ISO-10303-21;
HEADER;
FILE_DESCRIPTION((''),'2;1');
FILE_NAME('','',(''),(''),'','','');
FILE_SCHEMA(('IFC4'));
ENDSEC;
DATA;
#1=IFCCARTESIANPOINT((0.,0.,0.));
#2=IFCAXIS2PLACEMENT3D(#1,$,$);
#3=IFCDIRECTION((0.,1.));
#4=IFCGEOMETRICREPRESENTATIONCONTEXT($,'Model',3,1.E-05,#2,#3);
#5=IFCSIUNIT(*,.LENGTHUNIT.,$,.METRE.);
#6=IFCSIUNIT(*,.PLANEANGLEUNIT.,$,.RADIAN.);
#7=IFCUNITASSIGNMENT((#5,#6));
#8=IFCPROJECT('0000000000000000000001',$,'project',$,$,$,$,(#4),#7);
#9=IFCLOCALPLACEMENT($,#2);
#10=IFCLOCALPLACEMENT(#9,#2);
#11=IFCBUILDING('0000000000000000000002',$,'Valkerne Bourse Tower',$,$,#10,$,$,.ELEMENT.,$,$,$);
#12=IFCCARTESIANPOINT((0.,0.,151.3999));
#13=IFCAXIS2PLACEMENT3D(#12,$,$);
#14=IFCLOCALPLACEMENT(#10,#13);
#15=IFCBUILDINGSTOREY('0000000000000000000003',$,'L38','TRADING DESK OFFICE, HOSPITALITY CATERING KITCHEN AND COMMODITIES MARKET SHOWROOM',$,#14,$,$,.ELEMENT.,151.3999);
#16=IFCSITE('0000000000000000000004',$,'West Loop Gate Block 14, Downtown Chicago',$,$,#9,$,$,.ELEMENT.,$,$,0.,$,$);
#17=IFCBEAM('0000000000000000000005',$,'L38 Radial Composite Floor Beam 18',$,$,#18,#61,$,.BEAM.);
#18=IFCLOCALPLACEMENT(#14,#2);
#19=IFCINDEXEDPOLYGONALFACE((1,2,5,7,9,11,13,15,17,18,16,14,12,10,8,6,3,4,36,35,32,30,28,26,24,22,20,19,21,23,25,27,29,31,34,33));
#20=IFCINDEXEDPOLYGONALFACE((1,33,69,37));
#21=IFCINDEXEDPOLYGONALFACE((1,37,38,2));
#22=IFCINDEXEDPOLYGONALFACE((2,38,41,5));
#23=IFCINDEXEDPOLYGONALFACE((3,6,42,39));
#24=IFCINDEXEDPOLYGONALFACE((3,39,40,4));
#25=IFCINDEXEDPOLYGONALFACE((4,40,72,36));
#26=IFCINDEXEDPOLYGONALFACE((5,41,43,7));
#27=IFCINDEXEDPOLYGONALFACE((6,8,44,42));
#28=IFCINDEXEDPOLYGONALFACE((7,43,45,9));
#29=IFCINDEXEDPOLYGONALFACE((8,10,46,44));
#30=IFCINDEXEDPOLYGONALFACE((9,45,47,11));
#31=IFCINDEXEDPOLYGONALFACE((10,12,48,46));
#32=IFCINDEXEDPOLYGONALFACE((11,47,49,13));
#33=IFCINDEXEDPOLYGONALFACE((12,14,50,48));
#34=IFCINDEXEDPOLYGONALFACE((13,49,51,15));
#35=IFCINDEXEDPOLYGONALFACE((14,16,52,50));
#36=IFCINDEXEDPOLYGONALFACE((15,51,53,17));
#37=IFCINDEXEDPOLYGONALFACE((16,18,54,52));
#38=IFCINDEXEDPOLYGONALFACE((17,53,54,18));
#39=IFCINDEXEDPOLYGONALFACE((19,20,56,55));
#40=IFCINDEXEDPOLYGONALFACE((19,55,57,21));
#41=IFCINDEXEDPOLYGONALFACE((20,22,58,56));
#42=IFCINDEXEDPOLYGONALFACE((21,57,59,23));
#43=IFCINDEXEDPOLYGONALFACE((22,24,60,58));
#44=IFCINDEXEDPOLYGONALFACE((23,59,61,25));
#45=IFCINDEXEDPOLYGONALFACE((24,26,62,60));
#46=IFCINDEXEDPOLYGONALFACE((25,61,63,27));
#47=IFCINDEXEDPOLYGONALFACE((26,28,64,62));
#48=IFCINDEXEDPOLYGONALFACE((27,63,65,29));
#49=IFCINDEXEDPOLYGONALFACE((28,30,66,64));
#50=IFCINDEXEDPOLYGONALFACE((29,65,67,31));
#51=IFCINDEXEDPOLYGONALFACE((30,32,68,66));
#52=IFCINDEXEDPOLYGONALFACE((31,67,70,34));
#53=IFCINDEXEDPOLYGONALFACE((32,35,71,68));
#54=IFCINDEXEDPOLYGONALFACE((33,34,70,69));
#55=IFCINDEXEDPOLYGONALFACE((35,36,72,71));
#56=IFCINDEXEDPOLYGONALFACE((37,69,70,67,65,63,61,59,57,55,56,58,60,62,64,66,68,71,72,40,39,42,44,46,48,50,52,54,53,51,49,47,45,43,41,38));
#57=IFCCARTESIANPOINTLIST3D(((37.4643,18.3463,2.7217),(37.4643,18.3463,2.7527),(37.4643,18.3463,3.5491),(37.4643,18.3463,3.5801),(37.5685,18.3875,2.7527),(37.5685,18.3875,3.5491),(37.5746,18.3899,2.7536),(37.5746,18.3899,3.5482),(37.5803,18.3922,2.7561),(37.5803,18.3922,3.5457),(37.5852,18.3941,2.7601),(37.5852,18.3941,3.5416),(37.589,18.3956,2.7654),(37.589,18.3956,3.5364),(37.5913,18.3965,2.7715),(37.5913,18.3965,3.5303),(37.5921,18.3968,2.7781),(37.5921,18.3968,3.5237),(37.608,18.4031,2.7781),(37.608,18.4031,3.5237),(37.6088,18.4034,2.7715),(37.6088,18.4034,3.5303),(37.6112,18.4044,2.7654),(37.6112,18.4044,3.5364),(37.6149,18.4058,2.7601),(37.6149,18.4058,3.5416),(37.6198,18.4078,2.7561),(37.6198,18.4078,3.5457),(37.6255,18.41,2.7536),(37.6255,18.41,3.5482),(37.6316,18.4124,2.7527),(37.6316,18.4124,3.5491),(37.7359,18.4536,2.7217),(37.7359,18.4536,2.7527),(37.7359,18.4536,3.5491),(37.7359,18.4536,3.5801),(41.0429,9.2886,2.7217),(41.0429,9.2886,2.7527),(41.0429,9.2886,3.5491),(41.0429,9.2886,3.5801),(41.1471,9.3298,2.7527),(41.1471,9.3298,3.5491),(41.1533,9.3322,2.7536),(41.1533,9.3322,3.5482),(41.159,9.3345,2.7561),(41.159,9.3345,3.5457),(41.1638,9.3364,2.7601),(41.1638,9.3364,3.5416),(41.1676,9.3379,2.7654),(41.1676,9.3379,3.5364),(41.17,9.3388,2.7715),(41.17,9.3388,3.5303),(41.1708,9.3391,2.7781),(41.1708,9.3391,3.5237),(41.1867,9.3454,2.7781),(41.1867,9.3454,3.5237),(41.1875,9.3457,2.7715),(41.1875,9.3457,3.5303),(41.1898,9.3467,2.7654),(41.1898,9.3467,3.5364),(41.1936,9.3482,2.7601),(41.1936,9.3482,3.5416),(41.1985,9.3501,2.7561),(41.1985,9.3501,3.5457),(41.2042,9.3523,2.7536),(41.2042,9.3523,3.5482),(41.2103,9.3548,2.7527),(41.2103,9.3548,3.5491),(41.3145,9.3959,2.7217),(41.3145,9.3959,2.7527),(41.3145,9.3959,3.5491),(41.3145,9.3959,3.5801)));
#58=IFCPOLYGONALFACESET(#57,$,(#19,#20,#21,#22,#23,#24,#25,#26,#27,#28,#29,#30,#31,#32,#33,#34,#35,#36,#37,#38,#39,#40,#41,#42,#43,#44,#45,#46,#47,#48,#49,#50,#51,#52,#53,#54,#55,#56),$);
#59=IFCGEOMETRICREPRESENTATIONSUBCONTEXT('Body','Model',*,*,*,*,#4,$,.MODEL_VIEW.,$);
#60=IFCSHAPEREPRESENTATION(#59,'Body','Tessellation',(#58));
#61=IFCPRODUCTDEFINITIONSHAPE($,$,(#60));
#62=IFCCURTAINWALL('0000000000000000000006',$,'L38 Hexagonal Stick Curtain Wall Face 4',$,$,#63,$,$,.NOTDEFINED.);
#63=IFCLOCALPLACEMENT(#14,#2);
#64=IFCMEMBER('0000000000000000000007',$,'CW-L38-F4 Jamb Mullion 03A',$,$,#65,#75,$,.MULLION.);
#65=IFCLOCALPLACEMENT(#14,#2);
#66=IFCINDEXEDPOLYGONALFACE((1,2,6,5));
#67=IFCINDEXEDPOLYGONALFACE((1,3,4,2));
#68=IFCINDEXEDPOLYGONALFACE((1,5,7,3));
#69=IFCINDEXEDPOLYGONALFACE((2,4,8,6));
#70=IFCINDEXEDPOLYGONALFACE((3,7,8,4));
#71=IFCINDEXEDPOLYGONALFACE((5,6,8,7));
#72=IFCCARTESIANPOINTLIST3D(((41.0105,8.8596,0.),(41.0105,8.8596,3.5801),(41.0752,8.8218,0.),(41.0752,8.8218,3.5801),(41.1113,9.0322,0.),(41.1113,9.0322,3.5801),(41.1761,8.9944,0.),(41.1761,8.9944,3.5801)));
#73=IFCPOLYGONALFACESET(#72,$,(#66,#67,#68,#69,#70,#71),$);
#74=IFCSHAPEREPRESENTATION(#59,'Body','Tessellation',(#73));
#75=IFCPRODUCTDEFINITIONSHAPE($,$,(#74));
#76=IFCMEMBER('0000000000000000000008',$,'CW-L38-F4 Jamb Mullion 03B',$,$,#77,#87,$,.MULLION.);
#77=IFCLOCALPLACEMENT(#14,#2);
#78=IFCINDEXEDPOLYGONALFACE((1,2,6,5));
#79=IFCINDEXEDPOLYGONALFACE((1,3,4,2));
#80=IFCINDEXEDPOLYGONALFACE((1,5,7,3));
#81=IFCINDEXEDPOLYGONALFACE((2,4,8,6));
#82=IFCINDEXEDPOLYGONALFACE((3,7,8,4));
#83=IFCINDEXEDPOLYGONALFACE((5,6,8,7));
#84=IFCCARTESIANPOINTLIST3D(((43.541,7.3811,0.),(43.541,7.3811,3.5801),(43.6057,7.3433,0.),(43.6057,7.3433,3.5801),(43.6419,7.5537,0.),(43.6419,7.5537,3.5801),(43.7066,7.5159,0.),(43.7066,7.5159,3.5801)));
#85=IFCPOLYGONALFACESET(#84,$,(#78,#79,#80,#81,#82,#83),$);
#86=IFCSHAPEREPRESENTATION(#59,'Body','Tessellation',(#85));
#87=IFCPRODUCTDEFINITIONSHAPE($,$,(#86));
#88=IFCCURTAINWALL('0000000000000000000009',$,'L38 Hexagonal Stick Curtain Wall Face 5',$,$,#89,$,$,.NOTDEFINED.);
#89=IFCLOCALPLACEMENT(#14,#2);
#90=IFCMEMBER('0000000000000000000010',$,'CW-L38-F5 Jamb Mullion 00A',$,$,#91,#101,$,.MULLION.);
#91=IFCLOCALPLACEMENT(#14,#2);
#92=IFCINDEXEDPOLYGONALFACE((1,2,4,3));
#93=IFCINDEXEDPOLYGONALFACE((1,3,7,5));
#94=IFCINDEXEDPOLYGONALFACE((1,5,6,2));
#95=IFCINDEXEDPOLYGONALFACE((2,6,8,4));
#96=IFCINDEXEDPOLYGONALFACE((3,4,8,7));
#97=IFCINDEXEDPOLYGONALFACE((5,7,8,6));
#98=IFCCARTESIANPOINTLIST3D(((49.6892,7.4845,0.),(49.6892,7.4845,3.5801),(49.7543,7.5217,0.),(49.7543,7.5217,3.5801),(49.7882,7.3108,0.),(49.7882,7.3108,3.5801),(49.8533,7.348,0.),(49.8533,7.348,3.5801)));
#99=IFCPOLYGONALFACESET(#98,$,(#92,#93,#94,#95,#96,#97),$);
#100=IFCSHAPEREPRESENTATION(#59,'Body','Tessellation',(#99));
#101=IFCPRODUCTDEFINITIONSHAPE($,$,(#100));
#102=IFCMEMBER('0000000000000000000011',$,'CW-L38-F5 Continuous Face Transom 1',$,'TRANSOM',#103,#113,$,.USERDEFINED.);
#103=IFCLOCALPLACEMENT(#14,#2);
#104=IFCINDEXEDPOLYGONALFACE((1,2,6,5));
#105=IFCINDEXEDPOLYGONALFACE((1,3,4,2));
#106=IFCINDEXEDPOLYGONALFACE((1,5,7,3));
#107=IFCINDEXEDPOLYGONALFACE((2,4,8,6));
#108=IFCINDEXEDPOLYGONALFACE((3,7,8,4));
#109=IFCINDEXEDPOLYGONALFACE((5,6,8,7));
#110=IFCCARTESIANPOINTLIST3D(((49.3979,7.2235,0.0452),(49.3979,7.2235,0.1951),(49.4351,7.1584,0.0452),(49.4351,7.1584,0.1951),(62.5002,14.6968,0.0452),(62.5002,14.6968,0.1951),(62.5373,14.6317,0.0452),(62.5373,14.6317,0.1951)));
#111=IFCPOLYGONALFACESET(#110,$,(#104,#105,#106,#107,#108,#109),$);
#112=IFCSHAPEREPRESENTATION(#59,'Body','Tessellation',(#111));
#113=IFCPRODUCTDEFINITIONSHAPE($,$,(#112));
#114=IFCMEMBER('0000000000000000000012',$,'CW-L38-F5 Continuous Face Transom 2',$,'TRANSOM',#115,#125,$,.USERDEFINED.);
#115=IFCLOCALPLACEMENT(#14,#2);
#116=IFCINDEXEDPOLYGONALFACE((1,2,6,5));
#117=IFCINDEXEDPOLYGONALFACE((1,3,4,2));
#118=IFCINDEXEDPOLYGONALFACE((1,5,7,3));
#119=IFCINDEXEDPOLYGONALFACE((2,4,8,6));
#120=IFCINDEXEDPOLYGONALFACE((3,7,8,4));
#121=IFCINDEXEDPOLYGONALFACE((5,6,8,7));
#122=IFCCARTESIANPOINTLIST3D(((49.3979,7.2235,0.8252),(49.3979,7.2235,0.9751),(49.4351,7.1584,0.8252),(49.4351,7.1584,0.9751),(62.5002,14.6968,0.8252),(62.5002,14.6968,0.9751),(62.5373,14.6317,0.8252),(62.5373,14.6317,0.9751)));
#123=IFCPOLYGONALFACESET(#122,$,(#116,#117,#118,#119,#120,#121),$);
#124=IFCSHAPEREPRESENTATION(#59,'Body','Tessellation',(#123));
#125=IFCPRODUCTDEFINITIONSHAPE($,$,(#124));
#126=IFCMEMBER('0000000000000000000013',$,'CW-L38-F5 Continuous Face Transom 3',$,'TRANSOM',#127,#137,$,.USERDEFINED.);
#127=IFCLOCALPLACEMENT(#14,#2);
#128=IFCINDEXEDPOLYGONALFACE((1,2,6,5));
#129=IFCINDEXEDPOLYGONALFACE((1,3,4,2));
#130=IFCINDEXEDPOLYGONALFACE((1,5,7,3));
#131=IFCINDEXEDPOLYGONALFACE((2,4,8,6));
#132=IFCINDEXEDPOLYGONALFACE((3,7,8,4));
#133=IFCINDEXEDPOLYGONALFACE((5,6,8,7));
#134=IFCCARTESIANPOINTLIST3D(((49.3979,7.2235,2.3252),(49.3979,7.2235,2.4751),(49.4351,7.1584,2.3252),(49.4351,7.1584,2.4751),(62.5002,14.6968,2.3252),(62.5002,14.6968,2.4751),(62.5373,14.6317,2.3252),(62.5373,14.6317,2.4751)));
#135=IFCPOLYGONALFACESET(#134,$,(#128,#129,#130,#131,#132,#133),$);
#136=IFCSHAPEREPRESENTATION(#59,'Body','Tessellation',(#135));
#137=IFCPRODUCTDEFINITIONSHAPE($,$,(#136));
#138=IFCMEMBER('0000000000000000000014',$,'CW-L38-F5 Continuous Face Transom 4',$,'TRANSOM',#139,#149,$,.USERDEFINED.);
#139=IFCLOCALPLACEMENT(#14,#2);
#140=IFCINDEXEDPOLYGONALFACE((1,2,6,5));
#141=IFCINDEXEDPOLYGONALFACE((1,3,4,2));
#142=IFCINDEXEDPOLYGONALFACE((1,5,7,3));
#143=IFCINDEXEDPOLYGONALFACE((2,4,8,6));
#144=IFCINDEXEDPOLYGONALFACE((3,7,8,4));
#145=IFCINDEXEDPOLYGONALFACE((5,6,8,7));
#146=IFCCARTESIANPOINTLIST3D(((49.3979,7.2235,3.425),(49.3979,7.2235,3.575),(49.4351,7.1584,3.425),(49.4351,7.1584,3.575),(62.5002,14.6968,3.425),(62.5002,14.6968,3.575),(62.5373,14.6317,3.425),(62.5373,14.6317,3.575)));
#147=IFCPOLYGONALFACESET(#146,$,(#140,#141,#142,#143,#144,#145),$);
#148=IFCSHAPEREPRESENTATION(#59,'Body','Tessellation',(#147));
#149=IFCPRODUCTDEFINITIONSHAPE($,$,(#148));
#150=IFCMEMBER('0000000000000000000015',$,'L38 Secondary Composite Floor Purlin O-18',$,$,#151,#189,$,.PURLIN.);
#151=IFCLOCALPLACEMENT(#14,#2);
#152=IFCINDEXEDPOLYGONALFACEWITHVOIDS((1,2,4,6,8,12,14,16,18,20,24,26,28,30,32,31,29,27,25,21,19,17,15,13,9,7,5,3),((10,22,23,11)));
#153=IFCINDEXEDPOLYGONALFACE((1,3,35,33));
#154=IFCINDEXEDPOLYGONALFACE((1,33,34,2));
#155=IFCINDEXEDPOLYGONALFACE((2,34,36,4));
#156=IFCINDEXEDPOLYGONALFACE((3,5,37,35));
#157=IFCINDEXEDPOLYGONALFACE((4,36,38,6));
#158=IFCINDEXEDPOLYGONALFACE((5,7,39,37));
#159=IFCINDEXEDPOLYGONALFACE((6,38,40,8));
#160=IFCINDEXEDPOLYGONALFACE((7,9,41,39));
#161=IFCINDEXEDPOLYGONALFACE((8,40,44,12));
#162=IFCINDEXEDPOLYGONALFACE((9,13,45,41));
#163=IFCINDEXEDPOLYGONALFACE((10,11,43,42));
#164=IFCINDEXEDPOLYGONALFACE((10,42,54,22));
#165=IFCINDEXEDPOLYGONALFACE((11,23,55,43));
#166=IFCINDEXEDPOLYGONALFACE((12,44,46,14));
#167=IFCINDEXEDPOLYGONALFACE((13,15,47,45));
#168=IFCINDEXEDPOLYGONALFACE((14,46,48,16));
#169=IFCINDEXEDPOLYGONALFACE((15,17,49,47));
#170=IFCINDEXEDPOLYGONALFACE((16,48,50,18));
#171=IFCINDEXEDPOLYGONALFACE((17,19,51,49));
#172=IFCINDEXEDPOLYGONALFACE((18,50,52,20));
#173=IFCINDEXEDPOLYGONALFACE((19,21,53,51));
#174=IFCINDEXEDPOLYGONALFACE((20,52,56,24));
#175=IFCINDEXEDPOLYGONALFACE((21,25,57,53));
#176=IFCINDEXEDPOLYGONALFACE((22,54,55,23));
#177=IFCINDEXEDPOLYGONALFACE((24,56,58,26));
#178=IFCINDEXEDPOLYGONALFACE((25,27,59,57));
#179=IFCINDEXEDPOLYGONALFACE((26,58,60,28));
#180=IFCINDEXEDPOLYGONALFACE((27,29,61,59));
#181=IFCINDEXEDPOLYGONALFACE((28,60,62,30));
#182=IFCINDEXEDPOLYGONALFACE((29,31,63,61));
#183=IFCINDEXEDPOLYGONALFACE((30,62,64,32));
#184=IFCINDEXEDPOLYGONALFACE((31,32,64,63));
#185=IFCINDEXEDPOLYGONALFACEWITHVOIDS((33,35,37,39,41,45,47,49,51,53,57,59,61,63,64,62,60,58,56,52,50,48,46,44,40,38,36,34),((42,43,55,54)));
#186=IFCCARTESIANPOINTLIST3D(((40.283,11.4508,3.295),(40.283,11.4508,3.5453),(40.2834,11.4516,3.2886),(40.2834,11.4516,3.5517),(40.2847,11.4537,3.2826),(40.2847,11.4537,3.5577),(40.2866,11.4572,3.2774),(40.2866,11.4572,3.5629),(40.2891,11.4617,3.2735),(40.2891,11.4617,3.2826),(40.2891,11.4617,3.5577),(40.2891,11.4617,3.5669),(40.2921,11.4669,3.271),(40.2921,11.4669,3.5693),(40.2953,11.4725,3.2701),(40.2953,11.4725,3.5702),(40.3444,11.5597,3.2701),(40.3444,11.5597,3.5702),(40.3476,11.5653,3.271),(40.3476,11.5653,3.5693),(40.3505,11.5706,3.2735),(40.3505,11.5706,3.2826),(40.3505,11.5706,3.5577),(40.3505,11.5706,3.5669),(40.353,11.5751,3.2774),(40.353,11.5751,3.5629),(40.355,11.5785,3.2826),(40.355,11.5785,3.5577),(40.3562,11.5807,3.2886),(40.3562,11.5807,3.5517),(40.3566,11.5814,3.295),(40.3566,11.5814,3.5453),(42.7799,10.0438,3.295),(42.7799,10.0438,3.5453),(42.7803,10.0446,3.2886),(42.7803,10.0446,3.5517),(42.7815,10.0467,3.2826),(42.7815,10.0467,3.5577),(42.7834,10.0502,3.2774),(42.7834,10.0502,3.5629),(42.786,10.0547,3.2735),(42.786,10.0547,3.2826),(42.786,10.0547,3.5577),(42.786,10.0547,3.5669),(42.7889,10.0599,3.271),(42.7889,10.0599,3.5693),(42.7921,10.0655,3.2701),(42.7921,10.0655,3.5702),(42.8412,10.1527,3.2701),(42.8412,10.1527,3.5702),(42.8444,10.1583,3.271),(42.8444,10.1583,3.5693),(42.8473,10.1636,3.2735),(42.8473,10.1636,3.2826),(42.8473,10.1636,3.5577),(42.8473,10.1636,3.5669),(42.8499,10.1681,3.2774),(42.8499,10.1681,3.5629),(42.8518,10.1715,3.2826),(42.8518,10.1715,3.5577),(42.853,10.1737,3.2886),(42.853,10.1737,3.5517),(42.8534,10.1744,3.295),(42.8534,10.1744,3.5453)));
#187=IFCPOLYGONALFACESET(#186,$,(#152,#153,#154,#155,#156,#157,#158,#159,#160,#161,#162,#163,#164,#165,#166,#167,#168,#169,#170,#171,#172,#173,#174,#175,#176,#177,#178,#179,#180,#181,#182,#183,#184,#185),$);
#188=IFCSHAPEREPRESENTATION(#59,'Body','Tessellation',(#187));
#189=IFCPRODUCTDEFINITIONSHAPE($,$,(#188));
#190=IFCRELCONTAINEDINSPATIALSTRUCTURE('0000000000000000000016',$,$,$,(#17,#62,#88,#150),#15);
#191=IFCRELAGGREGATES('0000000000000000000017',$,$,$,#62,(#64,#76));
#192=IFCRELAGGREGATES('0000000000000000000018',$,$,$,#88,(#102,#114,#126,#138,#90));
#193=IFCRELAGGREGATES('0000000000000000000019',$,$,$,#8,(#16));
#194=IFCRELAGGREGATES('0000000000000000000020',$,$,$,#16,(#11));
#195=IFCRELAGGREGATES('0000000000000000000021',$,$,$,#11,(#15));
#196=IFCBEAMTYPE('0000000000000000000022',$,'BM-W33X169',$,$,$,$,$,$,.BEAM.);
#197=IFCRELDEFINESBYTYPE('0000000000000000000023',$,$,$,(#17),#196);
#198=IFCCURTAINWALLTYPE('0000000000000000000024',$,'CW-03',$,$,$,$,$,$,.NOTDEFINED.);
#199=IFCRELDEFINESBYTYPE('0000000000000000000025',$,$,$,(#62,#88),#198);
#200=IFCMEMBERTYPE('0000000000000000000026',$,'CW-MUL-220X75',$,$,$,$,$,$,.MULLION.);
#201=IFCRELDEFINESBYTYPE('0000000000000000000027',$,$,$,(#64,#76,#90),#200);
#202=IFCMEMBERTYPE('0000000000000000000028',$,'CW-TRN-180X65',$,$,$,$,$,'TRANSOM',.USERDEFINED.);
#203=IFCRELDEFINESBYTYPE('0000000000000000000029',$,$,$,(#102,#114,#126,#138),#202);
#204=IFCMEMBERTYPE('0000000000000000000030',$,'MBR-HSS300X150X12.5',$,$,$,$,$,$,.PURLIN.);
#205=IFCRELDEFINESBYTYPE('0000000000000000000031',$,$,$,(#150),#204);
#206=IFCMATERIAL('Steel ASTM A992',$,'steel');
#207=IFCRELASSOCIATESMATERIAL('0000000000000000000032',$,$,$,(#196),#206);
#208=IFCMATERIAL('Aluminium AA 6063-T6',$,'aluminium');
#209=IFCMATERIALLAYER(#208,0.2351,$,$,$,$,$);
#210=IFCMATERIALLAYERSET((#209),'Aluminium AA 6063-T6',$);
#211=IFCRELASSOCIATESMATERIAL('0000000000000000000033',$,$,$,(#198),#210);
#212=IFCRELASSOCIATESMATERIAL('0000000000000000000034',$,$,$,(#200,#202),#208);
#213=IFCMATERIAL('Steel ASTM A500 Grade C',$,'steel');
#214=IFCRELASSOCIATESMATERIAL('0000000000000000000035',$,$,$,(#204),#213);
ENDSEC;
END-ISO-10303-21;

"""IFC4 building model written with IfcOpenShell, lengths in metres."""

from ifc_helpers import new_model, si_unit, direction, frame, origin, origin_2d, place, context, subcontext, project, spatial, rectangle, hollow_rectangle, i_section, extrude, material, layer, layer_set, material_profile, profile_set, type_object, element, aggregate, save


model = new_model("IFC4")

# Units and contexts
model_context = context("Model", 3, precision=1e-05, world=origin(), true_north=direction((0.0, 1.0)))
body_context = subcontext(model_context, "Body", "Model", "MODEL_VIEW")
ifc_project = project(units=[si_unit("LENGTHUNIT", "METRE"), si_unit("PLANEANGLEUNIT", "RADIAN")], contexts=[model_context])

# Site, building, storey
site_placement = place(None, origin())
site = spatial("IfcSite", under=ifc_project, at=site_placement, Name="West Loop Gate Block 14, Downtown Chicago", CompositionType="ELEMENT", RefElevation=0.0)
building_placement = place(site_placement, origin())
building = spatial("IfcBuilding", under=site, at=building_placement, Name="Valkerne Bourse Tower", CompositionType="ELEMENT")
storey_placement = place(building_placement, frame((0.0, 0.0, 151.3999)))
storey = spatial("IfcBuildingStorey", under=building, at=storey_placement, Name="L38", Description="TRADING DESK OFFICE, HOSPITALITY CATERING KITCHEN AND COMMODITIES MARKET SHOWROOM", CompositionType="ELEMENT", Elevation=151.3999)

# Beam
ifc_material_1 = material(Name="Steel ASTM A992", Category="steel")
ifc_material_profile_1 = material_profile(ifc_material_1, i_section(OverallWidth=0.292, OverallDepth=0.8584, WebThickness=0.0171, FlangeThickness=0.031, FilletRadius=0.0254, at=origin_2d()), Name="W33X169")
ifc_profile_set_1 = profile_set([ifc_material_profile_1], Name="Steel ASTM A992")
beam_type_1 = type_object("IfcBeamType", Name="BM-W33X169", PredefinedType="BEAM", material=ifc_profile_set_1)
beam_1_placement = place(storey_placement, frame((41.1787, 9.3423, 3.1509), z_axis=(-0.367454, 0.930042, 0.0), x_axis=(-0.930042, -0.367454, 0.0)))
element("IfcBeam", 1, at=beam_1_placement, inside=storey, type_object=beam_type_1, Name="L38 Radial Composite Floor Beam 18", PredefinedType="BEAM", context=body_context, shape_type="SweptSolid", body=[
    extrude(i_section(OverallWidth=0.292, OverallDepth=0.8584, WebThickness=0.0171, FlangeThickness=0.031, FilletRadius=0.0254, at=origin_2d()), origin(), (0.0, 0.0, 1.0), 9.739),
])

# Curtain walls, members
ifc_material_2 = material(Name="Aluminium AA 6063-T6", Category="aluminium")
ifc_layer_1 = layer(ifc_material_2, 0.2351)
ifc_layer_set_1 = layer_set([ifc_layer_1], Name="Aluminium AA 6063-T6")
curtain_wall_type = type_object("IfcCurtainWallType", Name="CW-03", PredefinedType="NOTDEFINED", material=ifc_layer_set_1)
curtain_wall_1_placement = place(storey_placement, origin())
curtain_wall_1 = element("IfcCurtainWall", 2, at=curtain_wall_1_placement, inside=storey, type_object=curtain_wall_type, Name="L38 Hexagonal Stick Curtain Wall Face 4", PredefinedType="NOTDEFINED")
ifc_material_profile_2 = material_profile(ifc_material_2, rectangle(XDim=0.075, YDim=0.2, at=origin_2d()), Name="CWM-75X200")
ifc_profile_set_2 = profile_set([ifc_material_profile_2], Name="Aluminium AA 6063-T6")
member_type_1 = type_object("IfcMemberType", Name="CW-MUL-220X75", PredefinedType="MULLION", material=ifc_profile_set_2)
member_1_placement = place(storey_placement, frame((41.0933, 8.927, 0.0), z_axis=(0.0, 0.0, 1.0), x_axis=(0.863406, -0.504509, 0.0)))
member_1 = element("IfcMember", 3, at=member_1_placement, type_object=member_type_1, Name="CW-L38-F4 Jamb Mullion 03A", PredefinedType="MULLION", context=body_context, shape_type="SweptSolid", body=[
    extrude(rectangle(XDim=0.075, YDim=0.2, at=origin_2d()), origin(), (0.0, 0.0, 1.0), 3.5801),
])
member_2_placement = place(storey_placement, frame((43.6238, 7.4485, 0.0), z_axis=(0.0, 0.0, 1.0), x_axis=(0.863406, -0.504509, 0.0)))
member_2 = element("IfcMember", 4, at=member_2_placement, type_object=member_type_1, Name="CW-L38-F4 Jamb Mullion 03B", PredefinedType="MULLION", context=body_context, shape_type="SweptSolid", body=[
    extrude(rectangle(XDim=0.075, YDim=0.2, at=origin_2d()), origin(), (0.0, 0.0, 1.0), 3.5801),
])
curtain_wall_2_placement = place(storey_placement, origin())
curtain_wall_2 = element("IfcCurtainWall", 5, at=curtain_wall_2_placement, inside=storey, type_object=curtain_wall_type, Name="L38 Hexagonal Stick Curtain Wall Face 5", PredefinedType="NOTDEFINED")
member_3_placement = place(storey_placement, frame((49.7712, 7.4163, 0.0), z_axis=(0.0, 0.0, 1.0), x_axis=(0.868639, 0.495445, 0.0)))
member_3 = element("IfcMember", 6, at=member_3_placement, type_object=member_type_1, Name="CW-L38-F5 Jamb Mullion 00A", PredefinedType="MULLION", context=body_context, shape_type="SweptSolid", body=[
    extrude(rectangle(XDim=0.075, YDim=0.2, at=origin_2d()), origin(), (0.0, 0.0, 1.0), 3.5801),
])
ifc_material_profile_3 = material_profile(ifc_material_2, rectangle(XDim=0.075, YDim=0.1499, at=origin_2d()), Name="CWT-75X150")
ifc_profile_set_3 = profile_set([ifc_material_profile_3], Name="Aluminium AA 6063-T6")
member_type_2 = type_object("IfcMemberType", Name="CW-TRN-180X65", ElementType="TRANSOM", PredefinedType="USERDEFINED", material=ifc_profile_set_3)
member_4_placement = place(storey_placement, frame((49.4165, 7.1909, 0.1201), z_axis=(0.868632, 0.495457, 0.0), x_axis=(-0.495457, 0.868632, 0.0)))
member_4 = element("IfcMember", 7, at=member_4_placement, type_object=member_type_2, Name="CW-L38-F5 Continuous Face Transom 1", ObjectType="TRANSOM", PredefinedType="USERDEFINED", context=body_context, shape_type="SweptSolid", body=[
    extrude(rectangle(XDim=0.075, YDim=0.1499, at=origin_2d()), origin(), (0.0, 0.0, 1.0), 15.0837),
])
member_5_placement = place(storey_placement, frame((49.4165, 7.1909, 0.9001), z_axis=(0.868632, 0.495457, 0.0), x_axis=(-0.495457, 0.868632, 0.0)))
member_5 = element("IfcMember", 8, at=member_5_placement, type_object=member_type_2, Name="CW-L38-F5 Continuous Face Transom 2", ObjectType="TRANSOM", PredefinedType="USERDEFINED", context=body_context, shape_type="SweptSolid", body=[
    extrude(rectangle(XDim=0.075, YDim=0.1499, at=origin_2d()), origin(), (0.0, 0.0, 1.0), 15.0837),
])
member_6_placement = place(storey_placement, frame((49.4165, 7.1909, 2.4001), z_axis=(0.868632, 0.495457, 0.0), x_axis=(-0.495457, 0.868632, 0.0)))
member_6 = element("IfcMember", 9, at=member_6_placement, type_object=member_type_2, Name="CW-L38-F5 Continuous Face Transom 3", ObjectType="TRANSOM", PredefinedType="USERDEFINED", context=body_context, shape_type="SweptSolid", body=[
    extrude(rectangle(XDim=0.075, YDim=0.1499, at=origin_2d()), origin(), (0.0, 0.0, 1.0), 15.0837),
])
member_7_placement = place(storey_placement, frame((49.4165, 7.1909, 3.5), z_axis=(0.868632, 0.495457, 0.0), x_axis=(-0.495457, 0.868632, 0.0)))
member_7 = element("IfcMember", 10, at=member_7_placement, type_object=member_type_2, Name="CW-L38-F5 Continuous Face Transom 4", ObjectType="TRANSOM", PredefinedType="USERDEFINED", context=body_context, shape_type="SweptSolid", body=[
    extrude(rectangle(XDim=0.075, YDim=0.1499, at=origin_2d()), origin(), (0.0, 0.0, 1.0), 15.0837),
])

# Member
ifc_material_3 = material(Name="Steel ASTM A500 Grade C", Category="steel")
ifc_material_profile_4 = material_profile(ifc_material_3, hollow_rectangle(XDim=0.1499, YDim=0.3, WallThickness=0.0125, OuterFilletRadius=0.0249, at=origin_2d()), Name="HSS300X150X12.5")
ifc_profile_set_4 = profile_set([ifc_material_profile_4], Name="Steel ASTM A500 Grade C")
member_type_3 = type_object("IfcMemberType", Name="MBR-HSS300X150X12.5", PredefinedType="PURLIN", material=ifc_profile_set_4)
member_8_placement = place(storey_placement, frame((40.3198, 11.5161, 3.4202), z_axis=(0.8712, -0.490928, 0.0), x_axis=(0.490928, 0.8712, 0.0)))
element("IfcMember", 11, at=member_8_placement, inside=storey, type_object=member_type_3, Name="L38 Secondary Composite Floor Purlin O-18", PredefinedType="PURLIN", context=body_context, shape_type="SweptSolid", body=[
    extrude(hollow_rectangle(XDim=0.1499, YDim=0.3, WallThickness=0.0125, OuterFilletRadius=0.0249, at=origin_2d()), origin(), (0.0, 0.0, 1.0), 2.866),
])

aggregate(curtain_wall_1, [member_1, member_2])
aggregate(curtain_wall_2, [member_4, member_5, member_6, member_7, member_3])

save(model, "model.ifc")
